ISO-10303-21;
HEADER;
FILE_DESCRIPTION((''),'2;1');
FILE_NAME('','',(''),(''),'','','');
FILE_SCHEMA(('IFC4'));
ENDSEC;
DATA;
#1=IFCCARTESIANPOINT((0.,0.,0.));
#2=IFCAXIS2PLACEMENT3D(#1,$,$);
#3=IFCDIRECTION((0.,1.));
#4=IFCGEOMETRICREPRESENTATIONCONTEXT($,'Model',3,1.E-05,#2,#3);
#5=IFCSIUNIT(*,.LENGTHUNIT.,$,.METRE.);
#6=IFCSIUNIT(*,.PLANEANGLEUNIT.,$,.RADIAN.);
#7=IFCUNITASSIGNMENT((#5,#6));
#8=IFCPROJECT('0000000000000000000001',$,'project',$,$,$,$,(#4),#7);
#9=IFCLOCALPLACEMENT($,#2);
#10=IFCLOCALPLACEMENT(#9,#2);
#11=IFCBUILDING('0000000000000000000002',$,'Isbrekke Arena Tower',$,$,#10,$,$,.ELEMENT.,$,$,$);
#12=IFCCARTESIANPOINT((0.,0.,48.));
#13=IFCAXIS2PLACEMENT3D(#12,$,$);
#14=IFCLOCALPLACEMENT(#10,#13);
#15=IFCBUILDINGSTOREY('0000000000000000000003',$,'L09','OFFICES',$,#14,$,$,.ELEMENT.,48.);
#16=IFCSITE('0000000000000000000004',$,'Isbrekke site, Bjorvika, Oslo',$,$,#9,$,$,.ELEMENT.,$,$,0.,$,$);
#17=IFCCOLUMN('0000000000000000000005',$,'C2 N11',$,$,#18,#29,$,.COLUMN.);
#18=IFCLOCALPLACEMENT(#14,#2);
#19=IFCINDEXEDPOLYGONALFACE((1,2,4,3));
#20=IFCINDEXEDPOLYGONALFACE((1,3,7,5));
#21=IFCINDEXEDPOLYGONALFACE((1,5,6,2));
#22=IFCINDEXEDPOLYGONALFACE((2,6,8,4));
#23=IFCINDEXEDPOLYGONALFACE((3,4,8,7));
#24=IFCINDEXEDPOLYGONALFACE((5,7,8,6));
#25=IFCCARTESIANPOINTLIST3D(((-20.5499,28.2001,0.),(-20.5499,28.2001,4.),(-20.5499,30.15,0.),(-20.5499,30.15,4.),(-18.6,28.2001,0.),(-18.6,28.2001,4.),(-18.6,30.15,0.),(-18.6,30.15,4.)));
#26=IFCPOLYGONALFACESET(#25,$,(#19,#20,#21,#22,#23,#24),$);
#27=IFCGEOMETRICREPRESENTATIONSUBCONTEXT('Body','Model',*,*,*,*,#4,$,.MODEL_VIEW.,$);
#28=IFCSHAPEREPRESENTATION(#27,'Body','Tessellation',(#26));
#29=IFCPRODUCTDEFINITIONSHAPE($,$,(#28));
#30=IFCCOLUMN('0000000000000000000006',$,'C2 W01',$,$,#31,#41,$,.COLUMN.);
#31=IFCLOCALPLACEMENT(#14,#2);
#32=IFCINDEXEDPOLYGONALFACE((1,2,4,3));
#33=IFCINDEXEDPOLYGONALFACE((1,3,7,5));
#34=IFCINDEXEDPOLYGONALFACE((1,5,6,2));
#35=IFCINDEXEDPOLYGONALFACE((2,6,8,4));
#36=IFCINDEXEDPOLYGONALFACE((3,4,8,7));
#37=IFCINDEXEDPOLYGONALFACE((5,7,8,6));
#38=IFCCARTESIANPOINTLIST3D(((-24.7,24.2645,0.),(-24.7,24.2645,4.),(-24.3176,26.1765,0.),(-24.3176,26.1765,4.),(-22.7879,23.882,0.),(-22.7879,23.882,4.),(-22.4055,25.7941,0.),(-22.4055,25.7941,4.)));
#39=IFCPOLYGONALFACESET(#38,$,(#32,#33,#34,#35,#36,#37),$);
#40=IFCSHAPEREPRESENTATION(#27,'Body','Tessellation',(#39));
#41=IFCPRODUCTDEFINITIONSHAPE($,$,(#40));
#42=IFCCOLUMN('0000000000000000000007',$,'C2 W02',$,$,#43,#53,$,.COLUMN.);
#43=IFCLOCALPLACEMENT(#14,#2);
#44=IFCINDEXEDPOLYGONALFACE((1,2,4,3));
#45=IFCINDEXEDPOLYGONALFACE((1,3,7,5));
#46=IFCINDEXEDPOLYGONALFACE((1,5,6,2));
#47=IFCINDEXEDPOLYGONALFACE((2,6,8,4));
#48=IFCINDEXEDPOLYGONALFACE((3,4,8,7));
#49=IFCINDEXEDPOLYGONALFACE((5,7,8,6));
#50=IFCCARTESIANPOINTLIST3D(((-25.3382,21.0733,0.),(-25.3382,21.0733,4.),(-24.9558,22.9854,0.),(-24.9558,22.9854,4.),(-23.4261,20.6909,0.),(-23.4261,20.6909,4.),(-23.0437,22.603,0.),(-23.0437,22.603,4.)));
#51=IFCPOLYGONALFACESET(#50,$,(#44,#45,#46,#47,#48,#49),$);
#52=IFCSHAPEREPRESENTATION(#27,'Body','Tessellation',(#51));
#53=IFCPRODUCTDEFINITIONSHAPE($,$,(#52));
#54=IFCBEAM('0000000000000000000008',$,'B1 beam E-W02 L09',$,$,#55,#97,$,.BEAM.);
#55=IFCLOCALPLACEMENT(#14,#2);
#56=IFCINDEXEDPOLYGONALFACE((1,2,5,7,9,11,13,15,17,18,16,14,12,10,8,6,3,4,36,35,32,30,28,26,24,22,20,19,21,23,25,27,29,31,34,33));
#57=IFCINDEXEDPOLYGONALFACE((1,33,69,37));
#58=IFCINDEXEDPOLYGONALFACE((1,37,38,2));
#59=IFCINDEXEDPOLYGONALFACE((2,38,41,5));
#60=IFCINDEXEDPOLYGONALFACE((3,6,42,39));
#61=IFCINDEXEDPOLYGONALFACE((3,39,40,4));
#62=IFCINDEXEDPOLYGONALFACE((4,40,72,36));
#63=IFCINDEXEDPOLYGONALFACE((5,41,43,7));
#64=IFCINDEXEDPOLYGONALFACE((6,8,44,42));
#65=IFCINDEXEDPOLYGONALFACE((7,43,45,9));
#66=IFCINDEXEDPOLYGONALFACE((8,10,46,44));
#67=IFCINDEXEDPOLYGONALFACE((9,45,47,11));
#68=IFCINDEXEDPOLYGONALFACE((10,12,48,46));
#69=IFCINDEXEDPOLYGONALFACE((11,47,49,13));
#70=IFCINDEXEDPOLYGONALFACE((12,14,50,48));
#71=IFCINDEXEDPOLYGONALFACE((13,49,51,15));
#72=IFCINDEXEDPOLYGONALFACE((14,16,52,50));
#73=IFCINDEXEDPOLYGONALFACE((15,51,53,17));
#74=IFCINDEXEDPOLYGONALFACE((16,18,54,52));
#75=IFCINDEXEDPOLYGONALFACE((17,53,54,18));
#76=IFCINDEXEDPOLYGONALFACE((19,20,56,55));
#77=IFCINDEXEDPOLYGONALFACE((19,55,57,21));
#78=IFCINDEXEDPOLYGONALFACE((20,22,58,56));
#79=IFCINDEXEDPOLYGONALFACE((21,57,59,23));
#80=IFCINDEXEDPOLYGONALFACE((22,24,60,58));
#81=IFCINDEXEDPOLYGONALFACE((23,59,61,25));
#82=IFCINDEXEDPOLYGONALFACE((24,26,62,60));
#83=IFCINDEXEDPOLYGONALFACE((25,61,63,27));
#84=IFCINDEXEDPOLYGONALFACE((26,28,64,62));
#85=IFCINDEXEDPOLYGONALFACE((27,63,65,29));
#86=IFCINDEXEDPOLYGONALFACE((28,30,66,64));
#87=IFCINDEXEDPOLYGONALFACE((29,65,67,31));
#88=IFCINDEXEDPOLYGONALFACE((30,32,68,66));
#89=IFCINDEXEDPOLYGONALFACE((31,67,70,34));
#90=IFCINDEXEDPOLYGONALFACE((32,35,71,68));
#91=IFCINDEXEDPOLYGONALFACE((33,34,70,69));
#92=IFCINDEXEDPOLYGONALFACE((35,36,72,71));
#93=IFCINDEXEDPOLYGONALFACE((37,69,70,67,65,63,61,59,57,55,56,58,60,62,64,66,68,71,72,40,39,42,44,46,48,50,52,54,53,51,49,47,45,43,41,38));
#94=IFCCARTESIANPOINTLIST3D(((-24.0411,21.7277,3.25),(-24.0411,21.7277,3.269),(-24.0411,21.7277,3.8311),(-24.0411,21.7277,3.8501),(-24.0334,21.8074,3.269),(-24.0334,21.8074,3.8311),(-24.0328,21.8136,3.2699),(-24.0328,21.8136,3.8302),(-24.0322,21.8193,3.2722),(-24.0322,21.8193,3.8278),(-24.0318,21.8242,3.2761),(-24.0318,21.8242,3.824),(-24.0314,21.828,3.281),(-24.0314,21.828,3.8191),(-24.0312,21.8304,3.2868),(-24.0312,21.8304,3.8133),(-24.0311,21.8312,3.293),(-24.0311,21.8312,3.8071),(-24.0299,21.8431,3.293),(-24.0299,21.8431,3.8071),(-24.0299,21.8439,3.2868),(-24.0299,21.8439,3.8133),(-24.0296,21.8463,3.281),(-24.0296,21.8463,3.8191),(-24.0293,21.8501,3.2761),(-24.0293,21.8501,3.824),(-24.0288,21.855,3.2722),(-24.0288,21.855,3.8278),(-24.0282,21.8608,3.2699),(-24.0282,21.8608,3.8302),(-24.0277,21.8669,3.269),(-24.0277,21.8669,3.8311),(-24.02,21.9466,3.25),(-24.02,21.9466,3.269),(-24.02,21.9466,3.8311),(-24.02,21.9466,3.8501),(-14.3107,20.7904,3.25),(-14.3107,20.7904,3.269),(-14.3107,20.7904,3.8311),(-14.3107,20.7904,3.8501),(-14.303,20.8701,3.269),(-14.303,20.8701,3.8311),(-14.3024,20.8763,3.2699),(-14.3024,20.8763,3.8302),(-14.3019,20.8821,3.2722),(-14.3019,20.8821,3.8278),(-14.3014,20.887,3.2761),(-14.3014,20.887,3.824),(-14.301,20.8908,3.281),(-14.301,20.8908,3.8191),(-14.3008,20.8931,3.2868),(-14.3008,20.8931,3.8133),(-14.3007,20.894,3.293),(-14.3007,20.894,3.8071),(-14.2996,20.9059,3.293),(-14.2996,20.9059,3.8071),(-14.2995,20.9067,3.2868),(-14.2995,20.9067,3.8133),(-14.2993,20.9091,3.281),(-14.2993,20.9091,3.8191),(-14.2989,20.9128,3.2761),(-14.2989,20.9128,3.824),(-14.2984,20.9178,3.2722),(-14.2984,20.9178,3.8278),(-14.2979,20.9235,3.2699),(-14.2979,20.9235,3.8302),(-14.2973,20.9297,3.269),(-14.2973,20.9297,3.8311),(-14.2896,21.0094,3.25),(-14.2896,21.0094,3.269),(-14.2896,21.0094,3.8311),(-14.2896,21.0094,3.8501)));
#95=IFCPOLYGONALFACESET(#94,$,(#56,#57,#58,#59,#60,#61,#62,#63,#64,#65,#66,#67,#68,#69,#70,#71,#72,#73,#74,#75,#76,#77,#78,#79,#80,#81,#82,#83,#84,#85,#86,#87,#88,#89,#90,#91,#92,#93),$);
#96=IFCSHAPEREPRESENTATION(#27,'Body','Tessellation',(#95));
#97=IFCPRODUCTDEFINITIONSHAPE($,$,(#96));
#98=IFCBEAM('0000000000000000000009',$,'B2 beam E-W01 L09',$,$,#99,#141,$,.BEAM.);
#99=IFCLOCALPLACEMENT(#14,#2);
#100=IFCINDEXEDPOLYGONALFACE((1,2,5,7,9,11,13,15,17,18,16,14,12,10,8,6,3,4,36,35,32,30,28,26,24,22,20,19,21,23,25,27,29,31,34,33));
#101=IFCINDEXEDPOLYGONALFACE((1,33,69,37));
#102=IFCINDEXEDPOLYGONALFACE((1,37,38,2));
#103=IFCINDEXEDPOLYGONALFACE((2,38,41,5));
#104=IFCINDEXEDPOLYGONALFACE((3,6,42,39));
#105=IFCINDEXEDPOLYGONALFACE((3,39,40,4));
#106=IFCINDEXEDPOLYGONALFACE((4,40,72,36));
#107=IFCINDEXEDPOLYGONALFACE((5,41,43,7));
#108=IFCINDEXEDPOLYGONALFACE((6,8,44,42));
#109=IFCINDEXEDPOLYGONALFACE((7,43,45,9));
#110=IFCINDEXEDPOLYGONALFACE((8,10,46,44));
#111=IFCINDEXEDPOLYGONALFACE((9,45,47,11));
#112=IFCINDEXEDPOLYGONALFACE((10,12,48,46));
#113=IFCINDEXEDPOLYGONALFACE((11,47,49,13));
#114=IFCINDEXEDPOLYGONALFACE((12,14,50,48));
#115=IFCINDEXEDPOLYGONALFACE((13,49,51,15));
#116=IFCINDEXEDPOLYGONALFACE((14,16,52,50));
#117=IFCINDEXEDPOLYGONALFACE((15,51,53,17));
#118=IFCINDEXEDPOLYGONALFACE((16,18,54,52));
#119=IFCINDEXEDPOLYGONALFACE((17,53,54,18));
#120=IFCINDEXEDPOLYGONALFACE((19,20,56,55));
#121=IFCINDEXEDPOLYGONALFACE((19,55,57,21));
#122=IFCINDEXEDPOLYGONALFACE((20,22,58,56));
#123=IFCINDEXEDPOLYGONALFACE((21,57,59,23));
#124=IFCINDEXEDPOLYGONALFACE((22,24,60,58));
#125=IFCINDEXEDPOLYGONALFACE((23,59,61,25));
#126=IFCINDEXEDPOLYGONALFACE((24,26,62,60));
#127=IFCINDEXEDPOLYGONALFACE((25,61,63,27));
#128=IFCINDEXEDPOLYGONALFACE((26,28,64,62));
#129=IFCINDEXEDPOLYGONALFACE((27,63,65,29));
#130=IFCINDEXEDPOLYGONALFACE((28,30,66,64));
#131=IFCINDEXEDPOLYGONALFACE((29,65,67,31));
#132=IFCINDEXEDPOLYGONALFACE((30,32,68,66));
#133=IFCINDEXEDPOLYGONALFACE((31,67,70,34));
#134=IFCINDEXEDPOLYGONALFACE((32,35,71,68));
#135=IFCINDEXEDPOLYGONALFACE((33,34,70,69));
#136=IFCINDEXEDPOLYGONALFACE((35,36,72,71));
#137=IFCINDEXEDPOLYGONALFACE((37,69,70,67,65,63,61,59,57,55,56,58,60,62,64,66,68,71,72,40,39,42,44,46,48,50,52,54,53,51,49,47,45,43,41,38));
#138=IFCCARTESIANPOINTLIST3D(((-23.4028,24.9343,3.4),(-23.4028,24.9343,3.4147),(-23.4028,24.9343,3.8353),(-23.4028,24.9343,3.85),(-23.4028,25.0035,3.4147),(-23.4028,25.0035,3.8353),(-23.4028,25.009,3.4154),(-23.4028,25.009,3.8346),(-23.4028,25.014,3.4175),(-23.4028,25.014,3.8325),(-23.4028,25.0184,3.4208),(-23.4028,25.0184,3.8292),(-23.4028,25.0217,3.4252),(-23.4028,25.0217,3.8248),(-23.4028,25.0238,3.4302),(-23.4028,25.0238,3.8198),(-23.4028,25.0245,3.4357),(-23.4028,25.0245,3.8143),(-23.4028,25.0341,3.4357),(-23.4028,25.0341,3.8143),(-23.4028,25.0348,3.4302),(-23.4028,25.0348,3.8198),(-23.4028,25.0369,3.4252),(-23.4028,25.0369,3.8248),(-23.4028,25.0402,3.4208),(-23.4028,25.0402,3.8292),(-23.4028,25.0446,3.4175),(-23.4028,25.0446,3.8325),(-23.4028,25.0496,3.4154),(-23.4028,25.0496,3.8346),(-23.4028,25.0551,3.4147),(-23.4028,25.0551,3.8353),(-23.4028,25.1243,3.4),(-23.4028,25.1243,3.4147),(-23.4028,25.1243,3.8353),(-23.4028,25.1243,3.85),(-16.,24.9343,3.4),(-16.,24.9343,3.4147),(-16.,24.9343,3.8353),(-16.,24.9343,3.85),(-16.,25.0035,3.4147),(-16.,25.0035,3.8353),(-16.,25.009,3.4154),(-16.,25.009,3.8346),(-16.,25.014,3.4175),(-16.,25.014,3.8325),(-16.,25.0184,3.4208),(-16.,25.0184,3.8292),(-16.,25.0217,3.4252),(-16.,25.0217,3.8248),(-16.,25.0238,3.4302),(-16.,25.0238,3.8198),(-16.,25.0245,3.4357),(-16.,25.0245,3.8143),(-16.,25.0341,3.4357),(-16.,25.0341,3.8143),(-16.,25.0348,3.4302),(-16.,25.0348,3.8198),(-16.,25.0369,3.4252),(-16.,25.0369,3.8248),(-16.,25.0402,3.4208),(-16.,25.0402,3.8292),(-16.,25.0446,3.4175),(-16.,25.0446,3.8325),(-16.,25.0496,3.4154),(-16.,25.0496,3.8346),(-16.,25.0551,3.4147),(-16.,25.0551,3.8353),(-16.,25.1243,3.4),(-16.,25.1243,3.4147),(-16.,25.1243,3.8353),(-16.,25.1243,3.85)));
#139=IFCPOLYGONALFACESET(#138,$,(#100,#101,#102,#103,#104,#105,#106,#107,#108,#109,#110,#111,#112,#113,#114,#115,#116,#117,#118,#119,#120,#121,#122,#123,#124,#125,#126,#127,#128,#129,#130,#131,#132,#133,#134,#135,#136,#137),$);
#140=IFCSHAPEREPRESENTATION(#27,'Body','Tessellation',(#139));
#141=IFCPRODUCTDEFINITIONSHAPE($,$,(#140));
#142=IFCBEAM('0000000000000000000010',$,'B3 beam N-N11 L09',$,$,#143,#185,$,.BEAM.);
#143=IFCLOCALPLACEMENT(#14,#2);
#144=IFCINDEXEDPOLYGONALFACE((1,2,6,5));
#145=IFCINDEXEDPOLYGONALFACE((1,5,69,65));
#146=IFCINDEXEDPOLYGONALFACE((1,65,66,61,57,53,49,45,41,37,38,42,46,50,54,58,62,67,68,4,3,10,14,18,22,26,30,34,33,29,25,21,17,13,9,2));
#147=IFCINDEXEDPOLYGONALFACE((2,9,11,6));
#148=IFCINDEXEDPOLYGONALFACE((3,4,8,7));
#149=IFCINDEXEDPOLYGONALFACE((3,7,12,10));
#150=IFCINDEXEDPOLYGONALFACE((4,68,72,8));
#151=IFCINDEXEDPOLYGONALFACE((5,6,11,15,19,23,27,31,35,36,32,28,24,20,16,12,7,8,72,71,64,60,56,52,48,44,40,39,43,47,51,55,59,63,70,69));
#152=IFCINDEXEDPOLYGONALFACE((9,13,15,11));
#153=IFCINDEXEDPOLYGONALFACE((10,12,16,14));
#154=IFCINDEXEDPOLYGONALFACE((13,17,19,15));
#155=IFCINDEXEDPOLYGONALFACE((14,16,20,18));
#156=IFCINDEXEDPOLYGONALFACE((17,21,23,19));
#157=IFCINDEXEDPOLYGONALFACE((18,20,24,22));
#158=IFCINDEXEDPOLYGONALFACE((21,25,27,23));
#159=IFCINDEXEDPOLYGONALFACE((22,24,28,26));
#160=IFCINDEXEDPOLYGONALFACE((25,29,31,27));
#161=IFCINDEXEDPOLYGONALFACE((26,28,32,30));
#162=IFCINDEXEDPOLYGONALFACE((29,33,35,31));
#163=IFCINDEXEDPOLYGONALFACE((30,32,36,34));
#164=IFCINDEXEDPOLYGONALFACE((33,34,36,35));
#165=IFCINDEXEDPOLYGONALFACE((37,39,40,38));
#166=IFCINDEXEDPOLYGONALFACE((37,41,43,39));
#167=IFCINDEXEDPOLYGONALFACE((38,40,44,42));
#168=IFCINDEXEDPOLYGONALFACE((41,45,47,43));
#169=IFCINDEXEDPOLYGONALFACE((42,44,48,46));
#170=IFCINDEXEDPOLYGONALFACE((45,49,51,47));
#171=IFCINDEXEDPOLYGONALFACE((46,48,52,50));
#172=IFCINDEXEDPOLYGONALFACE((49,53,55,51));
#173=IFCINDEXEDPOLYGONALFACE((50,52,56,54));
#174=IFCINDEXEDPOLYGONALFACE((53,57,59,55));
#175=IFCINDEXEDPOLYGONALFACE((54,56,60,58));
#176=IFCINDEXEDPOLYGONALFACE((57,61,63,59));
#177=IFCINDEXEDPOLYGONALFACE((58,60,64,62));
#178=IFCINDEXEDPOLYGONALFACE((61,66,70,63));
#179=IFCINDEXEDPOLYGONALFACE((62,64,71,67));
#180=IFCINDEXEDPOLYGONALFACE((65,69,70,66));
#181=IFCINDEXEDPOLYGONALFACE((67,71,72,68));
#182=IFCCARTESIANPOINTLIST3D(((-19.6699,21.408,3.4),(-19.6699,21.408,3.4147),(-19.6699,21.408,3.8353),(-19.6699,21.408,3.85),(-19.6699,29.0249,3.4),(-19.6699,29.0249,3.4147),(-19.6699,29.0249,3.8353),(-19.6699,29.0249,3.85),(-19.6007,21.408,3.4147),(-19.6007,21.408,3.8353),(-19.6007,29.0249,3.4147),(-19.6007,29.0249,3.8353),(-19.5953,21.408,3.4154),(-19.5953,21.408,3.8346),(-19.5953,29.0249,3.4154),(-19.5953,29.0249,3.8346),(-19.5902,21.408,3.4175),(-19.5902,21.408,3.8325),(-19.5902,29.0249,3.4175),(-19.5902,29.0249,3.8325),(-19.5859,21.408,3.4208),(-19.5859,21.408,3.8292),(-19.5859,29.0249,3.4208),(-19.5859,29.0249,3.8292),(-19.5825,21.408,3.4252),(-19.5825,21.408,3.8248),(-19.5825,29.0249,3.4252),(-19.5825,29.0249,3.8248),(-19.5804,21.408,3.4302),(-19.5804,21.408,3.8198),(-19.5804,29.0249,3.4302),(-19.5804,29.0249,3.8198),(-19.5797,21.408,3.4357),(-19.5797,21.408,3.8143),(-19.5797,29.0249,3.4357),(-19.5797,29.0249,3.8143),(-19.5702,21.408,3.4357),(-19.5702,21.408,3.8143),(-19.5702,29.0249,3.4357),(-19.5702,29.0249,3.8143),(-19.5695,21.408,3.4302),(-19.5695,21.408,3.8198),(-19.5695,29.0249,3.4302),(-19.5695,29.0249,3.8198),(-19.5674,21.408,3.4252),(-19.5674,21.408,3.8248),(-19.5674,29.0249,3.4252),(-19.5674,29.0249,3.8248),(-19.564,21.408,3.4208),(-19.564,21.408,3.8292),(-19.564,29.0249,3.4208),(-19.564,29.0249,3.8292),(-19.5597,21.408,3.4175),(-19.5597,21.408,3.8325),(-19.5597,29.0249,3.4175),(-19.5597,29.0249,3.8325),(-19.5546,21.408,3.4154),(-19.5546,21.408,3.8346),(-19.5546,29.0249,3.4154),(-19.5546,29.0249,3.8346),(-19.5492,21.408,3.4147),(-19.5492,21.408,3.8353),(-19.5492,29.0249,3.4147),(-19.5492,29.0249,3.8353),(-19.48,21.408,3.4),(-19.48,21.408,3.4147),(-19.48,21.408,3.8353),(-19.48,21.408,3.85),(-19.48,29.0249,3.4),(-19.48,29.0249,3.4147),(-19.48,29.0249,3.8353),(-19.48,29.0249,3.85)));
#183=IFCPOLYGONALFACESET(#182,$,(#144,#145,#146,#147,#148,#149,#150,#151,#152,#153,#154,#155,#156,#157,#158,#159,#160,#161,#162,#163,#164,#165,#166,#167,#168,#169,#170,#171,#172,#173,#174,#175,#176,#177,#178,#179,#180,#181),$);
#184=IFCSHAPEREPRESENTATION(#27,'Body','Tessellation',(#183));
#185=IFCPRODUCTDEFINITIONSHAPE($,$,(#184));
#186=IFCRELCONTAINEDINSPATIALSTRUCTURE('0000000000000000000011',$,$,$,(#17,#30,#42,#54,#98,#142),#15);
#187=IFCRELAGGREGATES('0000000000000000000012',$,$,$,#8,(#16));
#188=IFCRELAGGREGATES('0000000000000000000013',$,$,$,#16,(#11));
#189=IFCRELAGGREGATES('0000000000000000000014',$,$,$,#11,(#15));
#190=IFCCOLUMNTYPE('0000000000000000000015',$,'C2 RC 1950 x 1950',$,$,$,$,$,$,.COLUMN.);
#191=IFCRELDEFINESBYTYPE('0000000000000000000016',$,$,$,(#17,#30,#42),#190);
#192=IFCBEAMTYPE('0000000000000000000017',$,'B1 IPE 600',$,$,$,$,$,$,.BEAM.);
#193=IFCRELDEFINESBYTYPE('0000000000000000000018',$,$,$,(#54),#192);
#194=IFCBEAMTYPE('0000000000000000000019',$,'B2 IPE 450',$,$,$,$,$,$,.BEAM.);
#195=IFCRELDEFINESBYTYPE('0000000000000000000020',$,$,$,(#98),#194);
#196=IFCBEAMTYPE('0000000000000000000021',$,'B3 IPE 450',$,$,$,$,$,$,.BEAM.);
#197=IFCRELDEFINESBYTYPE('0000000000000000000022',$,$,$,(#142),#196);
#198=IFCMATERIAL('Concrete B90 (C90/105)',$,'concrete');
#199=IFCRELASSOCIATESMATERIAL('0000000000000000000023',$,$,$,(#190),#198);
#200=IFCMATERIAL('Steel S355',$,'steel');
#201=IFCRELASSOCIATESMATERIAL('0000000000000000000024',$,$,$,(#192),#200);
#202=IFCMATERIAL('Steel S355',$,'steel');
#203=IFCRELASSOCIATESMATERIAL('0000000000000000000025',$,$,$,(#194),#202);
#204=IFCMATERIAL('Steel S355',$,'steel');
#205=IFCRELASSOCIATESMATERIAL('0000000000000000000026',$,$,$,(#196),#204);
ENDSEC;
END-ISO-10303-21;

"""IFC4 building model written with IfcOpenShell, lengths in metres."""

from ifc_helpers import new_model, si_unit, direction, frame, origin, origin_2d, place, context, subcontext, project, spatial, rectangle, i_section, extrude, material, material_profile, profile_set, type_object, element, save


model = new_model("IFC4")

# Units and contexts
model_context = context("Model", 3, precision=1e-05, world=origin(), true_north=direction((0.0, 1.0)))
body_context = subcontext(model_context, "Body", "Model", "MODEL_VIEW")
ifc_project = project(units=[si_unit("LENGTHUNIT", "METRE"), si_unit("PLANEANGLEUNIT", "RADIAN")], contexts=[model_context])

# Site, building, storey
site_placement = place(None, origin())
site = spatial("IfcSite", under=ifc_project, at=site_placement, Name="Isbrekke site, Bjorvika, Oslo", CompositionType="ELEMENT", RefElevation=0.0)
building_placement = place(site_placement, origin())
building = spatial("IfcBuilding", under=site, at=building_placement, Name="Isbrekke Arena Tower", CompositionType="ELEMENT")
storey_placement = place(building_placement, frame((0.0, 0.0, 48.0)))
storey = spatial("IfcBuildingStorey", under=building, at=storey_placement, Name="L09", Description="OFFICES", CompositionType="ELEMENT", Elevation=48.0)

# Columns
ifc_material_1 = material(Name="Concrete B90 (C90/105)", Category="concrete")
ifc_material_profile_1 = material_profile(ifc_material_1, rectangle(XDim=1.95, YDim=1.95, at=origin_2d()), Name="RC 1950x1950")
ifc_profile_set_1 = profile_set([ifc_material_profile_1], Name="Concrete B90 (C90/105)")
column_type = type_object("IfcColumnType", Name="C2 RC 1950 x 1950", PredefinedType="COLUMN", material=ifc_profile_set_1)
for number, where, z_axis, x_axis, name in (
    (1, (-19.575, 29.175, 0.0), (0.0, 0.0, 1.0), (-1.0, 0.0, 0.0), "C2 N11"),
    (2, (-23.5527, 25.0293, 0.0), (0.0, 0.0, 1.0), (-0.196116, -0.980581, 0.0), "C2 W01"),
    (3, (-24.1909, 21.8381, 0.0), (0.0, 0.0, 1.0), (-0.196116, -0.980581, 0.0), "C2 W02"),
):
    element("IfcColumn", number, at=place(storey_placement, frame(where, z_axis=z_axis, x_axis=x_axis)), inside=storey, type_object=column_type, Name=name, PredefinedType="COLUMN", context=body_context, shape_type="SweptSolid", body=[
        extrude(rectangle(XDim=1.95, YDim=1.95, at=origin_2d()), origin(), (0.0, 0.0, 1.0), 4.0),
    ])

# Beams
ifc_material_2 = material(Name="Steel S355", Category="steel")
ifc_material_profile_2 = material_profile(ifc_material_2, i_section(OverallWidth=0.22, OverallDepth=0.6001, WebThickness=0.012, FlangeThickness=0.019, FilletRadius=0.0239, at=origin_2d()), Name="IPE 600")
ifc_profile_set_2 = profile_set([ifc_material_profile_2], Name="Steel S355")
beam_type_1 = type_object("IfcBeamType", Name="B1 IPE 600", PredefinedType="BEAM", material=ifc_profile_set_2)
beam_1_placement = place(storey_placement, frame((-24.0305, 21.8372, 3.55), z_axis=(0.995393, -0.095878, 0.0), x_axis=(0.095878, 0.995393, 0.0)))
element("IfcBeam", 4, at=beam_1_placement, inside=storey, type_object=beam_type_1, Name="B1 beam E-W02 L09", PredefinedType="BEAM", context=body_context, shape_type="SweptSolid", body=[
    extrude(i_section(OverallWidth=0.22, OverallDepth=0.6001, WebThickness=0.012, FlangeThickness=0.019, FilletRadius=0.0239, at=origin_2d()), origin(), (0.0, 0.0, 1.0), 9.7754),
])
ifc_material_3 = material(Name="Steel S355", Category="steel")
ifc_material_profile_3 = material_profile(ifc_material_3, i_section(OverallWidth=0.1899, OverallDepth=0.45, WebThickness=0.0095, FlangeThickness=0.0146, FilletRadius=0.021, at=origin_2d()), Name="IPE 450")
ifc_profile_set_3 = profile_set([ifc_material_profile_3], Name="Steel S355")
beam_type_2 = type_object("IfcBeamType", Name="B2 IPE 450", PredefinedType="BEAM", material=ifc_profile_set_3)
beam_2_placement = place(storey_placement, frame((-23.4028, 25.0293, 3.625), z_axis=(1.0, 0.0, 0.0), x_axis=(0.0, 1.0, 0.0)))
element("IfcBeam", 5, at=beam_2_placement, inside=storey, type_object=beam_type_2, Name="B2 beam E-W01 L09", PredefinedType="BEAM", context=body_context, shape_type="SweptSolid", body=[
    extrude(i_section(OverallWidth=0.1899, OverallDepth=0.45, WebThickness=0.0095, FlangeThickness=0.0146, FilletRadius=0.021, at=origin_2d()), origin(), (0.0, 0.0, 1.0), 7.4028),
])
ifc_material_4 = material(Name="Steel S355", Category="steel")
ifc_material_profile_4 = material_profile(ifc_material_4, i_section(OverallWidth=0.1899, OverallDepth=0.45, WebThickness=0.0095, FlangeThickness=0.0146, FilletRadius=0.021, at=origin_2d()), Name="IPE 450")
ifc_profile_set_4 = profile_set([ifc_material_profile_4], Name="Steel S355")
beam_type_3 = type_object("IfcBeamType", Name="B3 IPE 450", PredefinedType="BEAM", material=ifc_profile_set_4)
beam_3_placement = place(storey_placement, frame((-19.575, 29.0249, 3.625), z_axis=(0.0, -1.0, 0.0), x_axis=(1.0, 0.0, 0.0)))
element("IfcBeam", 6, at=beam_3_placement, inside=storey, type_object=beam_type_3, Name="B3 beam N-N11 L09", PredefinedType="BEAM", context=body_context, shape_type="SweptSolid", body=[
    extrude(i_section(OverallWidth=0.1899, OverallDepth=0.45, WebThickness=0.0095, FlangeThickness=0.0146, FilletRadius=0.021, at=origin_2d()), origin(), (0.0, 0.0, 1.0), 7.6169),
])

save(model, "model.ifc")
